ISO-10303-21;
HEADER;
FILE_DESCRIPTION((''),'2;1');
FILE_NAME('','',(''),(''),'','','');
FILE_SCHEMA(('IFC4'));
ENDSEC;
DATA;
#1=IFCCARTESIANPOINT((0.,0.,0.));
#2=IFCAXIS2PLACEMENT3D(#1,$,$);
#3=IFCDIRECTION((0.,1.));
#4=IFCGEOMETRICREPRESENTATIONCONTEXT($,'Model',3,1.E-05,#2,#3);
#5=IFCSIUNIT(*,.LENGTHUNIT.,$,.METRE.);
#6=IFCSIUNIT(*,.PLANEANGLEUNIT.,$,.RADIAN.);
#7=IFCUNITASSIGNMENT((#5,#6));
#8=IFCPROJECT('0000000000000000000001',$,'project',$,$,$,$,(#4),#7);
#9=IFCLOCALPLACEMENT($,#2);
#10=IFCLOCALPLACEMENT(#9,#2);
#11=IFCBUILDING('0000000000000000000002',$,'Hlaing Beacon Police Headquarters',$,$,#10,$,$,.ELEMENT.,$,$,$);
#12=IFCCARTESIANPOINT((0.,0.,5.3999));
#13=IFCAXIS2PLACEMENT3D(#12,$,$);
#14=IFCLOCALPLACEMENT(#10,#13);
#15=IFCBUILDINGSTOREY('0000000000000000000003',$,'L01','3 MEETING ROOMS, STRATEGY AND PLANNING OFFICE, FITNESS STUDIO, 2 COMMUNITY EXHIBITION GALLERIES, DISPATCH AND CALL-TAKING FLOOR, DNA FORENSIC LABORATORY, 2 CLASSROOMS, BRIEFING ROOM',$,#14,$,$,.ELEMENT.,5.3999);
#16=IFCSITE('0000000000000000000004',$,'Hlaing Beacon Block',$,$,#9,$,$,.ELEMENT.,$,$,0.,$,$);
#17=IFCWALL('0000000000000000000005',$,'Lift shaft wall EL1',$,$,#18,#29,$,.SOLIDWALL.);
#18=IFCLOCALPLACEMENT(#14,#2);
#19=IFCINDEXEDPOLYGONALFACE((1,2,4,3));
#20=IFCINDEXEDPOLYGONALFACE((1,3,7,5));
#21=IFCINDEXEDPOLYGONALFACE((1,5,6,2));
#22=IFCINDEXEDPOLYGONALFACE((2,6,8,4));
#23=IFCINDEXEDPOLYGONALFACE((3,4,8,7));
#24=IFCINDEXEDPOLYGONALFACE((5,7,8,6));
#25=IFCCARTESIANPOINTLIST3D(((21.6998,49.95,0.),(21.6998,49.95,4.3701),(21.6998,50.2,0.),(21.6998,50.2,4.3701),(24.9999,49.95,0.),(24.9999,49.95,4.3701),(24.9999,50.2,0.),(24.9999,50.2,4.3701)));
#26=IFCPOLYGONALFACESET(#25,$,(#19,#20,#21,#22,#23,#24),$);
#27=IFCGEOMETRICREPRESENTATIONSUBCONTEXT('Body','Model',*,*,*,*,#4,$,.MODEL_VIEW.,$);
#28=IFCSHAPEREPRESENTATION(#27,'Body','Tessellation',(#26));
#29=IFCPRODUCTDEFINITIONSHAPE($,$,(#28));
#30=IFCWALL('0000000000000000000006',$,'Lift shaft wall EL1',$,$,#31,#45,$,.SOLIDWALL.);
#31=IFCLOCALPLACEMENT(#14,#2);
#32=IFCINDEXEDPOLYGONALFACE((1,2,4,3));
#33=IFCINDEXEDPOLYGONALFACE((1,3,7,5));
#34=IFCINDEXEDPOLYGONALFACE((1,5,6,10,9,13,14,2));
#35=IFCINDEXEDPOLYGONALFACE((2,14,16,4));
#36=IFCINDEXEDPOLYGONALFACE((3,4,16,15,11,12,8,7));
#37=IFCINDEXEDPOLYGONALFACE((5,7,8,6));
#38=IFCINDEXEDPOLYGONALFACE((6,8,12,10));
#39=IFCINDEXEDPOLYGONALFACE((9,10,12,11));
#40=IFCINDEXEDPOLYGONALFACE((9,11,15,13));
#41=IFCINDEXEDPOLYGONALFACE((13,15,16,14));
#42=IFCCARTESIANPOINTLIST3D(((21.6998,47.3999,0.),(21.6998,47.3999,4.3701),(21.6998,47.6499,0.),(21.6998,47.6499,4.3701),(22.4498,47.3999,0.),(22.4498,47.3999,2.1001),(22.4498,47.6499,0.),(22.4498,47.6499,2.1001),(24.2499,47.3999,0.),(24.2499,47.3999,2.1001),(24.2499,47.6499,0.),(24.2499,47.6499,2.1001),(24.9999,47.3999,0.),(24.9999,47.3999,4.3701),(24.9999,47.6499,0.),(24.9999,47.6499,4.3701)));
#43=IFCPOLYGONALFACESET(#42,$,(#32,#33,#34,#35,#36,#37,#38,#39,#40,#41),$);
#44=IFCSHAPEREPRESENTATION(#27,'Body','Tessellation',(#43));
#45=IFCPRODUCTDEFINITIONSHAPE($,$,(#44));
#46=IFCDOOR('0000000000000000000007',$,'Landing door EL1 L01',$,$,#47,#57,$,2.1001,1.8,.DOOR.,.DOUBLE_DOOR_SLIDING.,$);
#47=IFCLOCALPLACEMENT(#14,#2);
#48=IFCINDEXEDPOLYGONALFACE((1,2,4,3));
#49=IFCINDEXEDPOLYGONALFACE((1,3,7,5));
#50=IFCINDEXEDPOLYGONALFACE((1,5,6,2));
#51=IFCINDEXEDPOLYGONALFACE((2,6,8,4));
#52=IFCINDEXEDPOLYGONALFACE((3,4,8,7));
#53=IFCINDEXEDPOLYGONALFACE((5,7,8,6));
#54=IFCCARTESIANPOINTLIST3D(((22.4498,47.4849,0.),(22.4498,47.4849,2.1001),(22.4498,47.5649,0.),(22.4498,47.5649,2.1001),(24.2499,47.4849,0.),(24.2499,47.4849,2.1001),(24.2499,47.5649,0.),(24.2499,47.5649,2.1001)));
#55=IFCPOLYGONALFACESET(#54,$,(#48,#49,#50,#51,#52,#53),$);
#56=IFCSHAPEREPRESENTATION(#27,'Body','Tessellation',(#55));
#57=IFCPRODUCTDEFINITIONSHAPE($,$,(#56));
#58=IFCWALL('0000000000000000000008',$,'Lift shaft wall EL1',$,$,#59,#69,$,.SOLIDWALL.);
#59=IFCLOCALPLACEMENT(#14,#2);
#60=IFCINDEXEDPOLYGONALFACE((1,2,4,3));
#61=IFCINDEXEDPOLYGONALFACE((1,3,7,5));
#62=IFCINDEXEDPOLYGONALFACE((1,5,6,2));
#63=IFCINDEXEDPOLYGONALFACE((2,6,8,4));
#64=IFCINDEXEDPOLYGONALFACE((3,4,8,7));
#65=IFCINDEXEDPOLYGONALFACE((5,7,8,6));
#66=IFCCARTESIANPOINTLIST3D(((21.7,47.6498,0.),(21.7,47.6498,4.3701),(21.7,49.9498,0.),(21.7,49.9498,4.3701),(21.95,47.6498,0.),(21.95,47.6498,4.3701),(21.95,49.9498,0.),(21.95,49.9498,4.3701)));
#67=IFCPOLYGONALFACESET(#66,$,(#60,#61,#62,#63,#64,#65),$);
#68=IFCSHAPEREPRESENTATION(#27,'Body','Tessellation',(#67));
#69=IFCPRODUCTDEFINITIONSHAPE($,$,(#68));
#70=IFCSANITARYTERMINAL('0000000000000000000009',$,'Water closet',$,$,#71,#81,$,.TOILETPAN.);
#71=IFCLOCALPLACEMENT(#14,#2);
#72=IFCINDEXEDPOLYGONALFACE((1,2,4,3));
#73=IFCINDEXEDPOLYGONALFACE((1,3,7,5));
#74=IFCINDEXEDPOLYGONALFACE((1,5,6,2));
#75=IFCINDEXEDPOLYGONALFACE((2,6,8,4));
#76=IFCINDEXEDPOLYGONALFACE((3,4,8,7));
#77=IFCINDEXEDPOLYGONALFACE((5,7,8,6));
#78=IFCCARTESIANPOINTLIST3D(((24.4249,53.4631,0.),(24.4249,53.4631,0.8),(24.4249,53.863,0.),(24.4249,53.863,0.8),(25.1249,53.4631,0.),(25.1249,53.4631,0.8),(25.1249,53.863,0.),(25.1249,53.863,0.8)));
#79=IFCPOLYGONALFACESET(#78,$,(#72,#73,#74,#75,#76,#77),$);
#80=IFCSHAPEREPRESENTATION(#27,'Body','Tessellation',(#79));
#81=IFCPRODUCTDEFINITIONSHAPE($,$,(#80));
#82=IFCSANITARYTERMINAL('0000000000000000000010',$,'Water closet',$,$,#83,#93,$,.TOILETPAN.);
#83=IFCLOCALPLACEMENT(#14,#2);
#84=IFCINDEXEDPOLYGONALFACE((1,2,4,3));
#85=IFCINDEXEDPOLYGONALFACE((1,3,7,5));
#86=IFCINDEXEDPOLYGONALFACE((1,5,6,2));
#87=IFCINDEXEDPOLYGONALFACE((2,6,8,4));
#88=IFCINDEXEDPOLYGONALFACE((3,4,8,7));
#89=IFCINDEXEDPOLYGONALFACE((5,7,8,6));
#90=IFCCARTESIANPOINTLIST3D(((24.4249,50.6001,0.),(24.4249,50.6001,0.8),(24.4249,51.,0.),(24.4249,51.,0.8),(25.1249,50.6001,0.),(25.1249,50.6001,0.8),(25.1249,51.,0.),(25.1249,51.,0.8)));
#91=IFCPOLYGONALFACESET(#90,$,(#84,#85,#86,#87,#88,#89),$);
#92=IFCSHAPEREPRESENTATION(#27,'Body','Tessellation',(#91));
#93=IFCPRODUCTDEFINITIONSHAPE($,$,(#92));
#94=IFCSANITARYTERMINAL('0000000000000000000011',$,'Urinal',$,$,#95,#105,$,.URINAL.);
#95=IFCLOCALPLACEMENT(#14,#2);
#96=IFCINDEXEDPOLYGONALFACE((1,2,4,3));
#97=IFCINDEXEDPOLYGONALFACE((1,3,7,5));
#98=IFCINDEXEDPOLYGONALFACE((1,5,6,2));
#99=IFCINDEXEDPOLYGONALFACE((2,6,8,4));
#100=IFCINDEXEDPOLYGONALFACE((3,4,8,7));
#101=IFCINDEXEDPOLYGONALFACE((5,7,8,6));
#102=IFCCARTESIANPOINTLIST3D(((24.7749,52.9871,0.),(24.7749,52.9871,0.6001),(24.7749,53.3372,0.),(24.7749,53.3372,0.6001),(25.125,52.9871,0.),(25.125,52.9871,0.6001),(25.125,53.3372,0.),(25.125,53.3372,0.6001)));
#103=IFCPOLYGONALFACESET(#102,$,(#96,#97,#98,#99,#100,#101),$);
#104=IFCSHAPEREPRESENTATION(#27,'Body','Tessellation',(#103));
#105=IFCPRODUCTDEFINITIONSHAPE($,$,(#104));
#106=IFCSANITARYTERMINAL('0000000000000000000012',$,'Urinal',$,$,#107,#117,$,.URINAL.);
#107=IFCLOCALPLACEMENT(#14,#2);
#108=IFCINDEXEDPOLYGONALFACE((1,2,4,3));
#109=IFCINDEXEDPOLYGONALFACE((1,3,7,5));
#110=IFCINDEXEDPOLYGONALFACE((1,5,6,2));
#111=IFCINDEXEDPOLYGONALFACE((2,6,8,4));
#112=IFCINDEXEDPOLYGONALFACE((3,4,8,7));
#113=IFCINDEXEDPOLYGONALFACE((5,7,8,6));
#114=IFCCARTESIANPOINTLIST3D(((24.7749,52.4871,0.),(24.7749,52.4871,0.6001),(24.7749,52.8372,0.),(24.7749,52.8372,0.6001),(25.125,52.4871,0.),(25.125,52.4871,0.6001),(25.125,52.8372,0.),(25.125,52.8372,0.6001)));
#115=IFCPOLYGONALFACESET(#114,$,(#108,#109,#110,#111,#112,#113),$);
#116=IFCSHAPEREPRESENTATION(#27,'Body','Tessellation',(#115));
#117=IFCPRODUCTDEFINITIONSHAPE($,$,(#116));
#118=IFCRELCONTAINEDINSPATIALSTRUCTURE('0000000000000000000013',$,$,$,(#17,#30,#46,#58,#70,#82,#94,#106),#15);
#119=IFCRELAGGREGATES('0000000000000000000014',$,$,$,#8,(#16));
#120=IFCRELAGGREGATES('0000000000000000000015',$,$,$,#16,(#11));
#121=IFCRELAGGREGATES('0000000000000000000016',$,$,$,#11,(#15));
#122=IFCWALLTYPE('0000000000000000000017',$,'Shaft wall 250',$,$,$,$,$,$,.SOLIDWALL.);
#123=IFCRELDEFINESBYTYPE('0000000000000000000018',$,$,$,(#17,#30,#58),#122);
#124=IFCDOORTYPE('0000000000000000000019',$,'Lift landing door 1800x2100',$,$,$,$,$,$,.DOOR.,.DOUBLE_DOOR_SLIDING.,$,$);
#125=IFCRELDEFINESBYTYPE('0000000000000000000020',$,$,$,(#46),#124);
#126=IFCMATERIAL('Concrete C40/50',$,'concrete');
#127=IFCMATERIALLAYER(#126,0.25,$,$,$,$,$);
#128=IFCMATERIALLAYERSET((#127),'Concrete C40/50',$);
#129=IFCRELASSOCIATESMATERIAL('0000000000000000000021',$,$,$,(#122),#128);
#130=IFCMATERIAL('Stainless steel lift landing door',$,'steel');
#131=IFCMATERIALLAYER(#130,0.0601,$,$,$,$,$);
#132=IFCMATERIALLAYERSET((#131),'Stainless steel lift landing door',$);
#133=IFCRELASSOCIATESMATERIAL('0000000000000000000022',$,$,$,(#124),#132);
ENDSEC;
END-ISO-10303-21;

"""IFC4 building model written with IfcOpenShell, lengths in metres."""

from ifc_helpers import new_model, si_unit, direction, frame, frame_2d, origin, origin_2d, place, context, subcontext, project, spatial, rectangle, extrude, material, layer, layer_set, type_object, element, fill, save


model = new_model("IFC4")

# Units and contexts
model_context = context("Model", 3, precision=1e-05, world=origin(), true_north=direction((0.0, 1.0)))
body_context = subcontext(model_context, "Body", "Model", "MODEL_VIEW")
ifc_project = project(units=[si_unit("LENGTHUNIT", "METRE"), si_unit("PLANEANGLEUNIT", "RADIAN")], contexts=[model_context])

# Site, building, storey
site_placement = place(None, origin())
site = spatial("IfcSite", under=ifc_project, at=site_placement, Name="Hlaing Beacon Block", CompositionType="ELEMENT", RefElevation=0.0)
building_placement = place(site_placement, origin())
building = spatial("IfcBuilding", under=site, at=building_placement, Name="Hlaing Beacon Police Headquarters", CompositionType="ELEMENT")
storey_placement = place(building_placement, frame((0.0, 0.0, 5.3999)))
storey = spatial("IfcBuildingStorey", under=building, at=storey_placement, Name="L01", Description="3 MEETING ROOMS, STRATEGY AND PLANNING OFFICE, FITNESS STUDIO, 2 COMMUNITY EXHIBITION GALLERIES, DISPATCH AND CALL-TAKING FLOOR, DNA FORENSIC LABORATORY, 2 CLASSROOMS, BRIEFING ROOM", CompositionType="ELEMENT", Elevation=5.3999)

# Shared definitions
ifc_material_1 = material(Name="Concrete C40/50", Category="concrete")
ifc_layer_1 = layer(ifc_material_1, 0.25)
ifc_layer_set_1 = layer_set([ifc_layer_1], Name="Concrete C40/50")
wall_type_1 = type_object("IfcWallType", Name="Shaft wall 250", PredefinedType="SOLIDWALL", material=ifc_layer_set_1)

# Wall
wall_1_placement = place(storey_placement, frame((21.7, 50.075, 0.0), z_axis=(0.0, 0.0, 1.0), x_axis=(1.0, 0.0, 0.0)))
element("IfcWall", 1, at=wall_1_placement, inside=storey, type_object=wall_type_1, Name="Lift shaft wall EL1", PredefinedType="SOLIDWALL", context=body_context, shape_type="SweptSolid", body=[
    extrude(rectangle(XDim=3.3, YDim=0.25, at=frame_2d((1.6499, 0.0))), origin(), (0.0, 0.0, 1.0), 4.3701),
])

# Wall, opening, door
wall_2_placement = place(storey_placement, frame((21.7, 47.5249, 0.0), z_axis=(0.0, 0.0, 1.0), x_axis=(1.0, 0.0, 0.0)))
wall_2 = element("IfcWall", 2, at=wall_2_placement, inside=storey, type_object=wall_type_1, Name="Lift shaft wall EL1", PredefinedType="SOLIDWALL", context=body_context, shape_type="SweptSolid", body=[
    extrude(rectangle(XDim=3.3, YDim=0.25, at=frame_2d((1.6499, 0.0))), origin(), (0.0, 0.0, 1.0), 4.3701),
])
opening_1_placement = place(wall_2_placement, frame((0.75, 0.0, 0.0)))
opening_1 = element("IfcOpeningElement", 3, at=opening_1_placement, cuts=wall_2, PredefinedType="OPENING", context=body_context, shape_type="SweptSolid", body=[
    extrude(rectangle(XDim=1.8, YDim=2.1001, at=frame_2d((0.8999, 1.05))), frame((0.0, 0.135, 0.0), z_axis=(0.0, -1.0, 0.0), x_axis=(1.0, 0.0, 0.0)), (0.0, 0.0, 1.0), 0.27),
])
ifc_material_2 = material(Name="Stainless steel lift landing door", Category="steel")
ifc_layer_2 = layer(ifc_material_2, 0.0601)
ifc_layer_set_2 = layer_set([ifc_layer_2], Name="Stainless steel lift landing door")
door_type_1 = type_object("IfcDoorType", Name="Lift landing door 1800x2100", OperationType="DOUBLE_DOOR_SLIDING", PredefinedType="DOOR", material=ifc_layer_set_2)
door_1_placement = place(opening_1_placement, origin())
door_1 = element("IfcDoor", 4, at=door_1_placement, inside=storey, type_object=door_type_1, Name="Landing door EL1 L01", OperationType="DOUBLE_DOOR_SLIDING", OverallHeight=2.1001, OverallWidth=1.8, PredefinedType="DOOR", context=body_context, shape_type="SweptSolid", body=[
    extrude(rectangle(XDim=1.8, YDim=2.1001, at=frame_2d((0.8999, 1.05))), frame((0.0, 0.04, 0.0), z_axis=(0.0, -1.0, 0.0), x_axis=(1.0, 0.0, 0.0)), (0.0, 0.0, 1.0), 0.0801),
])
fill(opening_1, door_1)

# Wall
wall_3_placement = place(storey_placement, frame((21.825, 47.6499, 0.0), z_axis=(0.0, 0.0, 1.0), x_axis=(0.0, 1.0, 0.0)))
element("IfcWall", 5, at=wall_3_placement, inside=storey, type_object=wall_type_1, Name="Lift shaft wall EL1", PredefinedType="SOLIDWALL", context=body_context, shape_type="SweptSolid", body=[
    extrude(rectangle(XDim=2.3, YDim=0.25, at=frame_2d((1.1499, 0.0))), origin(), (0.0, 0.0, 1.0), 4.3701),
])

# Sanitary terminals
for number, where, z_axis, x_axis, name in (
    (6, (24.7749, 53.6631, 0.0), (0.0, 0.0, 1.0), (1.0, 0.0, 0.0), "Water closet"),
    (7, (24.7749, 50.8, 0.0), (0.0, 0.0, 1.0), (1.0, 0.0, 0.0), "Water closet"),
):
    element("IfcSanitaryTerminal", number, at=place(storey_placement, frame(where, z_axis=z_axis, x_axis=x_axis)), inside=storey, Name=name, PredefinedType="TOILETPAN", context=body_context, shape_type="SweptSolid", body=[
        extrude(rectangle(XDim=0.7, YDim=0.3999, at=origin_2d()), origin(), (0.0, 0.0, 1.0), 0.8),
    ])
for number, where, z_axis, x_axis, name in (
    (8, (24.95, 53.1621, 0.0), (0.0, 0.0, 1.0), (1.0, 0.0, 0.0), "Urinal"),
    (9, (24.95, 52.6621, 0.0), (0.0, 0.0, 1.0), (1.0, 0.0, 0.0), "Urinal"),
):
    element("IfcSanitaryTerminal", number, at=place(storey_placement, frame(where, z_axis=z_axis, x_axis=x_axis)), inside=storey, Name=name, PredefinedType="URINAL", context=body_context, shape_type="SweptSolid", body=[
        extrude(rectangle(XDim=0.3501, YDim=0.3501, at=origin_2d()), origin(), (0.0, 0.0, 1.0), 0.6001),
    ])

save(model, "model.ifc")
